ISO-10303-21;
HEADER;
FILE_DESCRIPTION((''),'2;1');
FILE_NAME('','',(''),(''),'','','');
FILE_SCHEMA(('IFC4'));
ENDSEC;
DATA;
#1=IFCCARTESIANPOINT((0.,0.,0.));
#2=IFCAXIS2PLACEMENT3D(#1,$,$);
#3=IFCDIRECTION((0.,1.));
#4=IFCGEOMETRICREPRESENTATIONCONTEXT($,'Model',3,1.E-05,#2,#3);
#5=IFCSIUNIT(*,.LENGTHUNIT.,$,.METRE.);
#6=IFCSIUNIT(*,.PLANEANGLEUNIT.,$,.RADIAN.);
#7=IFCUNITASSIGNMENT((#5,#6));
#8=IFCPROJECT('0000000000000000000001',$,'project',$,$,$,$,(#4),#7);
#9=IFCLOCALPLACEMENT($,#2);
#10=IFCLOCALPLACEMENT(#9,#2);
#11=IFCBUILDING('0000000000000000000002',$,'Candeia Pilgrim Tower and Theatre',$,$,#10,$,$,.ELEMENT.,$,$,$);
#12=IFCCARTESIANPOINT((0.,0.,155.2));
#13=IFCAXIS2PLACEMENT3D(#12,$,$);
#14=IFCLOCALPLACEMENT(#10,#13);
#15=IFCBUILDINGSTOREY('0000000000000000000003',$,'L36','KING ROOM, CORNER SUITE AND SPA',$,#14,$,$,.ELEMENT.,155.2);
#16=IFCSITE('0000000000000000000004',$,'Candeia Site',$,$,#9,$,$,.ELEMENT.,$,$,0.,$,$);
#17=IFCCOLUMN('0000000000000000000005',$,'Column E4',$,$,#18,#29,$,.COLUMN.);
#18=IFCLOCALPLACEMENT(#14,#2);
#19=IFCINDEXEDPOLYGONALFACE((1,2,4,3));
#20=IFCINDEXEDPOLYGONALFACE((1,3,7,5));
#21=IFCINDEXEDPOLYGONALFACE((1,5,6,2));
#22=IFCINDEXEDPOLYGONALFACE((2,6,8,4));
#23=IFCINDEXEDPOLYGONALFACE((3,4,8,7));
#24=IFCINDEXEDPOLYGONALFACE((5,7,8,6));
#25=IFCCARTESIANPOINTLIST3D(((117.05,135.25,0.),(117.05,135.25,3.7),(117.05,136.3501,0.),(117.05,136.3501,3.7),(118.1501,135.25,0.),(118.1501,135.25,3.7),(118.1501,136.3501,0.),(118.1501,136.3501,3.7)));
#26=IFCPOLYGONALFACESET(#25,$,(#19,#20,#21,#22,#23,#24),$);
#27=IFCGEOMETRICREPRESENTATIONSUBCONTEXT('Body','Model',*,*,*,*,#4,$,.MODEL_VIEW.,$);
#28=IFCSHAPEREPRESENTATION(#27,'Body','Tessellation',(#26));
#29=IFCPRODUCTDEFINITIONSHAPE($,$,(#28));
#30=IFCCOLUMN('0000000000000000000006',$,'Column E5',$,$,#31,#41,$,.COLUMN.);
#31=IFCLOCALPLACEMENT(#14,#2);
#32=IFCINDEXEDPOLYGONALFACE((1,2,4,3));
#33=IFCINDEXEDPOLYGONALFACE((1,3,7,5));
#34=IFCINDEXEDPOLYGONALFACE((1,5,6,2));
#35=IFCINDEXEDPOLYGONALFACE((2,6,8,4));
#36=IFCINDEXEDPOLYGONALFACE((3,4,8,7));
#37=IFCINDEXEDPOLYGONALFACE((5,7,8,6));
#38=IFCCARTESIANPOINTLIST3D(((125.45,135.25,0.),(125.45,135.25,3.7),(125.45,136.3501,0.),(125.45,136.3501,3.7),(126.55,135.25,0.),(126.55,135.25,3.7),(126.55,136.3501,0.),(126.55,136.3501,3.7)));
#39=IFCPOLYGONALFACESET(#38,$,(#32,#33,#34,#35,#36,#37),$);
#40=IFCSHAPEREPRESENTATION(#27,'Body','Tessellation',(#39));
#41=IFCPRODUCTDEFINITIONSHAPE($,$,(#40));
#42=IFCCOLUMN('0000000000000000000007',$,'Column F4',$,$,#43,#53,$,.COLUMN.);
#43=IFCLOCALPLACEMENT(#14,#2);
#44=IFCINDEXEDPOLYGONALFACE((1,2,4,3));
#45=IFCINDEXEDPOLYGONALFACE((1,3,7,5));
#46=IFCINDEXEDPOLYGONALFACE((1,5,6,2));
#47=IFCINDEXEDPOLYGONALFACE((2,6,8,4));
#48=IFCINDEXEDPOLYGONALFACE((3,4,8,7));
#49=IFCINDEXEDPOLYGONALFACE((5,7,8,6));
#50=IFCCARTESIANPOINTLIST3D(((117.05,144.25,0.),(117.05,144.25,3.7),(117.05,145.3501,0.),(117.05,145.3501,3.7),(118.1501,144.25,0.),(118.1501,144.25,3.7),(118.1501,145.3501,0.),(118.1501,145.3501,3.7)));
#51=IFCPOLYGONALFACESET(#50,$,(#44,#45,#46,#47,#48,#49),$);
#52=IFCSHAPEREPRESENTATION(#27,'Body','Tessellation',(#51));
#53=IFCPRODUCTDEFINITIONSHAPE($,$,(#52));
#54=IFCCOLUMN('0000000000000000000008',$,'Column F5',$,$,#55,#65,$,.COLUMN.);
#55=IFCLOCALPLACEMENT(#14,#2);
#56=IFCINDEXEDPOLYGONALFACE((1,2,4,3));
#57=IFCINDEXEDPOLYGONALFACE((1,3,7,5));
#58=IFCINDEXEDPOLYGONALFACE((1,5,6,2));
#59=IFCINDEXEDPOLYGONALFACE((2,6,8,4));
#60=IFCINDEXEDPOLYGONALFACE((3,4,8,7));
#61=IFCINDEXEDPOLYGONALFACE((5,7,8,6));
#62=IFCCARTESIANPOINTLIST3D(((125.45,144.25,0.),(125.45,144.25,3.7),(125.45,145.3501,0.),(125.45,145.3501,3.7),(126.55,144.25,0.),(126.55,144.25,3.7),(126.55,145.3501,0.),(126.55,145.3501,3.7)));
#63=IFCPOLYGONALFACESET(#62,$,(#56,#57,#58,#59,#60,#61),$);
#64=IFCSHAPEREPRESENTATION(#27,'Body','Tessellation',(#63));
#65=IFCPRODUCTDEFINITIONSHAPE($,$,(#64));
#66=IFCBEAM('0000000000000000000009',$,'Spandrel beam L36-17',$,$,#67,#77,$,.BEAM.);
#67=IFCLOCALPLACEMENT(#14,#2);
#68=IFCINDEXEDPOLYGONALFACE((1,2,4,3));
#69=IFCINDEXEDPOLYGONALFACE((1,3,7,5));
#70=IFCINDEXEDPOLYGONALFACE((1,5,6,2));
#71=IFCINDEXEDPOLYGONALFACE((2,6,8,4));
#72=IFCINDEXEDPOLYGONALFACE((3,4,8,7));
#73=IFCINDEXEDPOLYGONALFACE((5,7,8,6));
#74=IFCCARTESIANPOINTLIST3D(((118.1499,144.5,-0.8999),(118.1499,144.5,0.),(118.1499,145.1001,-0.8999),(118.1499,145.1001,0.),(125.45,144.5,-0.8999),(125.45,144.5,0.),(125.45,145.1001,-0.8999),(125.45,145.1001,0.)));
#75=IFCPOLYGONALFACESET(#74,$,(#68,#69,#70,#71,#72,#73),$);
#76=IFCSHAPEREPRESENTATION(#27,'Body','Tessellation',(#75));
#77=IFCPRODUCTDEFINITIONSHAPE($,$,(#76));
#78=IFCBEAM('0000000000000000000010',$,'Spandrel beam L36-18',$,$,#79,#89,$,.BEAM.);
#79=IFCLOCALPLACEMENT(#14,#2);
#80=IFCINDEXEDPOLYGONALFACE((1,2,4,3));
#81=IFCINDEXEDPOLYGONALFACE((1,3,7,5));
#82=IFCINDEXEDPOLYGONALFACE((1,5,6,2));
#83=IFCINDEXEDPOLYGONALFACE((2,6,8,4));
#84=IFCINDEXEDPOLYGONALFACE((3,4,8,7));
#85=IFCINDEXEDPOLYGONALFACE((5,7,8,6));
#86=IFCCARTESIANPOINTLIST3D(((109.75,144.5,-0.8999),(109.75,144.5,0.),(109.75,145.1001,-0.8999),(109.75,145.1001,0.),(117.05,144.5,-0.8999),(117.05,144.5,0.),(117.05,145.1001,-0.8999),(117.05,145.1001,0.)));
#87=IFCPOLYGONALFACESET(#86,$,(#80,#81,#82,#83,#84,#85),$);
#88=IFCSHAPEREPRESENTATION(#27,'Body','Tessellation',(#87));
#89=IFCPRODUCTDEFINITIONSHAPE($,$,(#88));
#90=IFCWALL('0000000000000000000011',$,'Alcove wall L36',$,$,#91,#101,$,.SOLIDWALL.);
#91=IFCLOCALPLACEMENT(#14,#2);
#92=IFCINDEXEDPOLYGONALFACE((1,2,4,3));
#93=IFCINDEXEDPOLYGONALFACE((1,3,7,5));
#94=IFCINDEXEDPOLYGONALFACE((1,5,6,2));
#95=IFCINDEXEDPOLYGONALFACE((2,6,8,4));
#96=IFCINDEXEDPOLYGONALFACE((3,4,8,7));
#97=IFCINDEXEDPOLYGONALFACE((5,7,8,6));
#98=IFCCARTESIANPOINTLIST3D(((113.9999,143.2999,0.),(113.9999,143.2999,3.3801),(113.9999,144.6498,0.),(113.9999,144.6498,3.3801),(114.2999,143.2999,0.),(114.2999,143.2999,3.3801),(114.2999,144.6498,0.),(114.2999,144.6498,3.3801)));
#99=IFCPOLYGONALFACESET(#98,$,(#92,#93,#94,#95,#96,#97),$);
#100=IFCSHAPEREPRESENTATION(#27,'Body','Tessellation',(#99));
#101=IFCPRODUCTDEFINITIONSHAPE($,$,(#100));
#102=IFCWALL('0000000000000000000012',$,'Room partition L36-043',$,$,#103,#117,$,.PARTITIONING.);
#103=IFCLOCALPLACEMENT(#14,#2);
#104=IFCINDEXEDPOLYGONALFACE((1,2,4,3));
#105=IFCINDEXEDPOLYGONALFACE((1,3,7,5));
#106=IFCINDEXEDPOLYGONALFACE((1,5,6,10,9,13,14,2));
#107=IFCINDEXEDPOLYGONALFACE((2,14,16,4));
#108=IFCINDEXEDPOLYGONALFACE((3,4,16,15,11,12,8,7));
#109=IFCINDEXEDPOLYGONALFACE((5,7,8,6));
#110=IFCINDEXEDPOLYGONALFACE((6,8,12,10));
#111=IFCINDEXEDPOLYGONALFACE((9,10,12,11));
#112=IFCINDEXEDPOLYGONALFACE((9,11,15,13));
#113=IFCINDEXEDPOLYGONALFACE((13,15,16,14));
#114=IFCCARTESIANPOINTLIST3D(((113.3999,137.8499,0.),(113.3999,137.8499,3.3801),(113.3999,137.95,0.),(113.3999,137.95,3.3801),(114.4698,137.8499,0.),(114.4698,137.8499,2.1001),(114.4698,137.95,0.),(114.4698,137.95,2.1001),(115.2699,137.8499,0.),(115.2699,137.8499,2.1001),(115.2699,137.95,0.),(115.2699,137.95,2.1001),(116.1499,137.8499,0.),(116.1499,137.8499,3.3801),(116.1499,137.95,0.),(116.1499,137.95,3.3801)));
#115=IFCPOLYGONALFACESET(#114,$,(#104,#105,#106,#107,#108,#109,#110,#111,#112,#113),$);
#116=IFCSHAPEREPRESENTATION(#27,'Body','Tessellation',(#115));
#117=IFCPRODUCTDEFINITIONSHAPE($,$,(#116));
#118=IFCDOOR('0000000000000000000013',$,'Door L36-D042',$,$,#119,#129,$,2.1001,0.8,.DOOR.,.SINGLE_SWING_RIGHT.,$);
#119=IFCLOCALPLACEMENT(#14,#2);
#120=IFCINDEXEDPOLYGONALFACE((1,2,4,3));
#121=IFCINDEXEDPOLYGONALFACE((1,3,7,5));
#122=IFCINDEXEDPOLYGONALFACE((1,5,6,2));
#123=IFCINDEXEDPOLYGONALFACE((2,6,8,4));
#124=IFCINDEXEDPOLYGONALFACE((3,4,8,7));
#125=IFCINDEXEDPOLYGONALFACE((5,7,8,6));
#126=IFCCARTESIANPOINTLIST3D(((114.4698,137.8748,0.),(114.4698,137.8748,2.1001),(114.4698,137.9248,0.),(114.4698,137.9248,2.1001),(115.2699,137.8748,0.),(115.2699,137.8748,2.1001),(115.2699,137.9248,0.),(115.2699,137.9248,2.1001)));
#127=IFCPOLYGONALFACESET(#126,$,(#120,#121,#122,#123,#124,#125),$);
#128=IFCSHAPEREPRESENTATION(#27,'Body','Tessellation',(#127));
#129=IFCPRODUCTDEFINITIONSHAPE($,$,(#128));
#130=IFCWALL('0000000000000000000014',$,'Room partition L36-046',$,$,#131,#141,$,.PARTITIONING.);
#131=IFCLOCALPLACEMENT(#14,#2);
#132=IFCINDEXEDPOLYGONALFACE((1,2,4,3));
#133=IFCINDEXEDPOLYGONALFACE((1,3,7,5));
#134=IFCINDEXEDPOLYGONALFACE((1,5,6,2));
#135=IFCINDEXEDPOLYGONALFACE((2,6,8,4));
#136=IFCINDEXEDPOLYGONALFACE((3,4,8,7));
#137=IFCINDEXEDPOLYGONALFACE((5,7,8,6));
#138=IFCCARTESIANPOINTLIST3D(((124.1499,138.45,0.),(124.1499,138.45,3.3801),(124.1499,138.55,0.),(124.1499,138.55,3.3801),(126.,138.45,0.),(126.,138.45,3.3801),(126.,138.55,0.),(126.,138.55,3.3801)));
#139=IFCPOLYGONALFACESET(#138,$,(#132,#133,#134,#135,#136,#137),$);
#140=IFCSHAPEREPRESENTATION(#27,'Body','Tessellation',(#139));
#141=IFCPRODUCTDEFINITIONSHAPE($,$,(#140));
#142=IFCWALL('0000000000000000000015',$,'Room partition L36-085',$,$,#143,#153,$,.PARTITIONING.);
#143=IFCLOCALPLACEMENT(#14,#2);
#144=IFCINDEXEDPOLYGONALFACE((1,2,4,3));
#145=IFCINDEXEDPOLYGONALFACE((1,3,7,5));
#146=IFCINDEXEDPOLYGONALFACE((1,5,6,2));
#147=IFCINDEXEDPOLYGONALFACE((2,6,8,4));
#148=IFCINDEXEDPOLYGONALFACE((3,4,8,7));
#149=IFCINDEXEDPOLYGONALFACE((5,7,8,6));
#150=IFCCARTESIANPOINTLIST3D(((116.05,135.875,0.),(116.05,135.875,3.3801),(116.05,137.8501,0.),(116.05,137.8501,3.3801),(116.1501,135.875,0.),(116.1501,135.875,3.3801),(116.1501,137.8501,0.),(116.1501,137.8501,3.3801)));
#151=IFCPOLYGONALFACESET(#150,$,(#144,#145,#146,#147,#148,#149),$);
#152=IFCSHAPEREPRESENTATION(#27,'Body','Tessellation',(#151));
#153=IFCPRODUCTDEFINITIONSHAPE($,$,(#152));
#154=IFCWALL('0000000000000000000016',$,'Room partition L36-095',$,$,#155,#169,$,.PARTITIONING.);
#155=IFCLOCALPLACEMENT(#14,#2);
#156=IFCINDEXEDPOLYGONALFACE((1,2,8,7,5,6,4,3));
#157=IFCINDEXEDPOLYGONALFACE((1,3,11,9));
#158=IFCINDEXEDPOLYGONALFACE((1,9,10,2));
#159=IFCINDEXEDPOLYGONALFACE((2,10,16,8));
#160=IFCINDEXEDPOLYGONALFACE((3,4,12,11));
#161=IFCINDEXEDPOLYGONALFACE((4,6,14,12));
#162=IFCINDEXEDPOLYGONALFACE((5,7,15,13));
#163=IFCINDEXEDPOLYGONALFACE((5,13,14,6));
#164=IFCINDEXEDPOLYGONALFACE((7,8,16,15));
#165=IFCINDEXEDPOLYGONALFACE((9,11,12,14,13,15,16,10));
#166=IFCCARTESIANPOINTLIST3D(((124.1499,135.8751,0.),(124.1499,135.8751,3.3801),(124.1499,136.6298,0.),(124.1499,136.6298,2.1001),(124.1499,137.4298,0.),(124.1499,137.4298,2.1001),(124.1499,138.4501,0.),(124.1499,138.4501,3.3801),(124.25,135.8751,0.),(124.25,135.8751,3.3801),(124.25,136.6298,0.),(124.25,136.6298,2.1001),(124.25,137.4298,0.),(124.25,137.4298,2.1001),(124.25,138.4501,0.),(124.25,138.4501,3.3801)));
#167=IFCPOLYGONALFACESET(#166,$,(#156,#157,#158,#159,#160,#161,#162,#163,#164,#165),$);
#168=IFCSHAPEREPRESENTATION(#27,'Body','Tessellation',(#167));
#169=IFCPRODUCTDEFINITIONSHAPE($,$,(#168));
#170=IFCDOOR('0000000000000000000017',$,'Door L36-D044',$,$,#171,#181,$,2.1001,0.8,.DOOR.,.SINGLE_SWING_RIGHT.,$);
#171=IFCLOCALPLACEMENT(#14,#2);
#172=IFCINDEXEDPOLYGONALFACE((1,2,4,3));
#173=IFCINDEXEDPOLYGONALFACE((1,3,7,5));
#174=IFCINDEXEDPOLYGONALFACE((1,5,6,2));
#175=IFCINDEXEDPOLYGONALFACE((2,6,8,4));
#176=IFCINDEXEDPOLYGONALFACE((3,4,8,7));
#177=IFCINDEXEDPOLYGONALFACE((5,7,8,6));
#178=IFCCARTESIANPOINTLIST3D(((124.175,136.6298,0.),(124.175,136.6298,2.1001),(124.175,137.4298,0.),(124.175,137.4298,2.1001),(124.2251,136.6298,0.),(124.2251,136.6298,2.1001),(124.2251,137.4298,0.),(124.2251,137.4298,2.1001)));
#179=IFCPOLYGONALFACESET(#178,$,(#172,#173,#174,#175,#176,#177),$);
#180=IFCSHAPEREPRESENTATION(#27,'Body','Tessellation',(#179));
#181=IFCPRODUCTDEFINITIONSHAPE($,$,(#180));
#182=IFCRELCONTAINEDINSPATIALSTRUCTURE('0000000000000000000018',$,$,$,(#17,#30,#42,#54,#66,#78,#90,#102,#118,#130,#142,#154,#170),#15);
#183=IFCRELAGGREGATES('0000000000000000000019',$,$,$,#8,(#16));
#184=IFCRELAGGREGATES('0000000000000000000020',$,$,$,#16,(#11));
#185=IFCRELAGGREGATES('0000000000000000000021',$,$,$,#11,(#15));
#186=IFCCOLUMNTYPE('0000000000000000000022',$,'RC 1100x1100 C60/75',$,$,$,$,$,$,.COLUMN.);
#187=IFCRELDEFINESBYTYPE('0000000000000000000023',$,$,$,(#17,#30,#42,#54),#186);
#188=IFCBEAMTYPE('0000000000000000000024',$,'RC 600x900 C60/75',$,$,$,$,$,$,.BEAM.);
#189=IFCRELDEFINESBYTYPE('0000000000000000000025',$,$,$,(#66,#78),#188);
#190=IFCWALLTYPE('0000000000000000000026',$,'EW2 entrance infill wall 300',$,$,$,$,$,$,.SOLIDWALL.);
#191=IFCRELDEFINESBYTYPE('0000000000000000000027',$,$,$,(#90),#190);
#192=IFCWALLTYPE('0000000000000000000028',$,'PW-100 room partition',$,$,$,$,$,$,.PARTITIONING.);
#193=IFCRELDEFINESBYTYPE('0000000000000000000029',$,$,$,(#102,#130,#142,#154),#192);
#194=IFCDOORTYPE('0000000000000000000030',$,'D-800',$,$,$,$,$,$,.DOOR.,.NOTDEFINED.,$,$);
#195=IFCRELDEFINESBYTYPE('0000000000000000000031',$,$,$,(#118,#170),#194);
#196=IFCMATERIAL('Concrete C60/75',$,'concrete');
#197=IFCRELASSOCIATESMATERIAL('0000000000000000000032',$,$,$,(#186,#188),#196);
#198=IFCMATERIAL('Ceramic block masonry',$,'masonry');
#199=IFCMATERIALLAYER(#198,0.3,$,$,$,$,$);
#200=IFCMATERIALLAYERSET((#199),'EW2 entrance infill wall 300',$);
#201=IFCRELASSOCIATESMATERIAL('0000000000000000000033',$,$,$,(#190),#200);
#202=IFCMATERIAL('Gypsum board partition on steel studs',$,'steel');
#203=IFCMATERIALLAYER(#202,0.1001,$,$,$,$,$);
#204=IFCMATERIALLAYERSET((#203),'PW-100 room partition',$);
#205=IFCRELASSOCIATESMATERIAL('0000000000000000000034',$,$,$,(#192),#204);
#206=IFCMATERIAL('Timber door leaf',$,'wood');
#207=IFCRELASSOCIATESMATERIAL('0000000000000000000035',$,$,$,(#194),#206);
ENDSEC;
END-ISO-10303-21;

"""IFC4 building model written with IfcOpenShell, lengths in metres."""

from ifc_helpers import new_model, si_unit, direction, frame, frame_2d, origin, origin_2d, place, context, subcontext, project, spatial, rectangle, extrude, material, layer, layer_set, material_profile, profile_set, type_object, element, fill, save


model = new_model("IFC4")

# Units and contexts
model_context = context("Model", 3, precision=1e-05, world=origin(), true_north=direction((0.0, 1.0)))
body_context = subcontext(model_context, "Body", "Model", "MODEL_VIEW")
ifc_project = project(units=[si_unit("LENGTHUNIT", "METRE"), si_unit("PLANEANGLEUNIT", "RADIAN")], contexts=[model_context])

# Site, building, storey
site_placement = place(None, origin())
site = spatial("IfcSite", under=ifc_project, at=site_placement, Name="Candeia Site", CompositionType="ELEMENT", RefElevation=0.0)
building_placement = place(site_placement, origin())
building = spatial("IfcBuilding", under=site, at=building_placement, Name="Candeia Pilgrim Tower and Theatre", CompositionType="ELEMENT")
storey_placement = place(building_placement, frame((0.0, 0.0, 155.2)))
storey = spatial("IfcBuildingStorey", under=building, at=storey_placement, Name="L36", Description="KING ROOM, CORNER SUITE AND SPA", CompositionType="ELEMENT", Elevation=155.2)

# Columns
ifc_material_1 = material(Name="Concrete C60/75", Category="concrete")
ifc_material_profile_1 = material_profile(ifc_material_1, rectangle(XDim=1.1001, YDim=1.1001, at=origin_2d()))
ifc_profile_set_1 = profile_set([ifc_material_profile_1], Name="Concrete C60/75")
column_type = type_object("IfcColumnType", Name="RC 1100x1100 C60/75", PredefinedType="COLUMN", material=ifc_profile_set_1)
for number, where, z_axis, x_axis, name in (
    (1, (117.6001, 135.8, 0.0), (0.0, 0.0, 1.0), (1.0, 0.0, 0.0), "Column E4"),
    (2, (126.0, 135.8, 0.0), (0.0, 0.0, 1.0), (1.0, 0.0, 0.0), "Column E5"),
    (3, (117.6001, 144.8, 0.0), (0.0, 0.0, 1.0), (1.0, 0.0, 0.0), "Column F4"),
    (4, (126.0, 144.8, 0.0), (0.0, 0.0, 1.0), (1.0, 0.0, 0.0), "Column F5"),
):
    element("IfcColumn", number, at=place(storey_placement, frame(where, z_axis=z_axis, x_axis=x_axis)), inside=storey, type_object=column_type, Name=name, PredefinedType="COLUMN", context=body_context, shape_type="SweptSolid", body=[
        extrude(rectangle(XDim=1.1001, YDim=1.1001, at=origin_2d()), origin(), (0.0, 0.0, 1.0), 3.7),
    ])

# Beams
ifc_material_profile_2 = material_profile(ifc_material_1, rectangle(XDim=0.6001, YDim=0.8999, at=origin_2d()))
ifc_profile_set_2 = profile_set([ifc_material_profile_2], Name="Concrete C60/75")
beam_type = type_object("IfcBeamType", Name="RC 600x900 C60/75", PredefinedType="BEAM", material=ifc_profile_set_2)
for number, where, z_axis, x_axis, name in (
    (5, (125.45, 144.8, -0.45), (-1.0, 0.0, 0.0), (0.0, -1.0, 0.0), "Spandrel beam L36-17"),
    (6, (117.05, 144.8, -0.45), (-1.0, 0.0, 0.0), (0.0, -1.0, 0.0), "Spandrel beam L36-18"),
):
    element("IfcBeam", number, at=place(storey_placement, frame(where, z_axis=z_axis, x_axis=x_axis)), inside=storey, type_object=beam_type, Name=name, PredefinedType="BEAM", context=body_context, shape_type="SweptSolid", body=[
        extrude(rectangle(XDim=0.6001, YDim=0.8999, at=origin_2d()), origin(), (0.0, 0.0, 1.0), 7.3),
    ])

# Wall
ifc_material_2 = material(Name="Ceramic block masonry", Category="masonry")
ifc_layer_1 = layer(ifc_material_2, 0.3)
ifc_layer_set_1 = layer_set([ifc_layer_1], Name="EW2 entrance infill wall 300")
wall_type_1 = type_object("IfcWallType", Name="EW2 entrance infill wall 300", PredefinedType="SOLIDWALL", material=ifc_layer_set_1)
wall_1_placement = place(storey_placement, frame((114.1499, 143.3, 0.0), z_axis=(0.0, 0.0, 1.0), x_axis=(0.0, 1.0, 0.0)))
element("IfcWall", 7, at=wall_1_placement, inside=storey, type_object=wall_type_1, Name="Alcove wall L36", PredefinedType="SOLIDWALL", context=body_context, shape_type="SweptSolid", body=[
    extrude(rectangle(XDim=1.3499, YDim=0.3, at=frame_2d((0.6748, 0.0))), origin(), (0.0, 0.0, 1.0), 3.3801),
])

# Wall, opening, door
ifc_material_3 = material(Name="Gypsum board partition on steel studs", Category="steel")
ifc_layer_2 = layer(ifc_material_3, 0.1001)
ifc_layer_set_2 = layer_set([ifc_layer_2], Name="PW-100 room partition")
wall_type_2 = type_object("IfcWallType", Name="PW-100 room partition", PredefinedType="PARTITIONING", material=ifc_layer_set_2)
wall_2_placement = place(storey_placement, frame((113.3999, 137.8999, 0.0), z_axis=(0.0, 0.0, 1.0), x_axis=(1.0, 0.0, 0.0)))
wall_2 = element("IfcWall", 8, at=wall_2_placement, inside=storey, type_object=wall_type_2, Name="Room partition L36-043", PredefinedType="PARTITIONING", context=body_context, shape_type="SweptSolid", body=[
    extrude(rectangle(XDim=2.75, YDim=0.1001, at=frame_2d((1.375, 0.0))), origin(), (0.0, 0.0, 1.0), 3.3801),
])
opening_1_placement = place(wall_2_placement, frame((1.0701, 0.0, 0.0)))
opening_1 = element("IfcOpeningElement", 9, at=opening_1_placement, cuts=wall_2, PredefinedType="OPENING", context=body_context, shape_type="SweptSolid", body=[
    extrude(rectangle(XDim=0.8, YDim=2.1001, at=frame_2d((0.3999, 1.05))), frame((0.0, 0.0601, 0.0), z_axis=(0.0, -1.0, 0.0), x_axis=(1.0, 0.0, 0.0)), (0.0, 0.0, 1.0), 0.1201),
])
ifc_material_4 = material(Name="Timber door leaf", Category="wood")
door_type_1 = type_object("IfcDoorType", Name="D-800", OperationType="NOTDEFINED", PredefinedType="DOOR", material=ifc_material_4)
door_1_placement = place(opening_1_placement, origin())
door_1 = element("IfcDoor", 10, at=door_1_placement, inside=storey, type_object=door_type_1, Name="Door L36-D042", OperationType="SINGLE_SWING_RIGHT", OverallHeight=2.1001, OverallWidth=0.8, PredefinedType="DOOR", context=body_context, shape_type="SweptSolid", body=[
    extrude(rectangle(XDim=0.8, YDim=2.1001, at=frame_2d((0.3999, 1.05))), frame((0.0, 0.0249, 0.0), z_axis=(0.0, -1.0, 0.0), x_axis=(1.0, 0.0, 0.0)), (0.0, 0.0, 1.0), 0.05),
])
fill(opening_1, door_1)

# Walls
wall_3_placement = place(storey_placement, frame((124.1499, 138.5, 0.0), z_axis=(0.0, 0.0, 1.0), x_axis=(1.0, 0.0, 0.0)))
element("IfcWall", 11, at=wall_3_placement, inside=storey, type_object=wall_type_2, Name="Room partition L36-046", PredefinedType="PARTITIONING", context=body_context, shape_type="SweptSolid", body=[
    extrude(rectangle(XDim=1.8501, YDim=0.1001, at=frame_2d((0.925, 0.0))), origin(), (0.0, 0.0, 1.0), 3.3801),
])
wall_4_placement = place(storey_placement, frame((116.1001, 135.875, 0.0), z_axis=(0.0, 0.0, 1.0), x_axis=(0.0, 1.0, 0.0)))
element("IfcWall", 12, at=wall_4_placement, inside=storey, type_object=wall_type_2, Name="Room partition L36-085", PredefinedType="PARTITIONING", context=body_context, shape_type="SweptSolid", body=[
    extrude(rectangle(XDim=1.9751, YDim=0.1001, at=frame_2d((0.9875, 0.0))), origin(), (0.0, 0.0, 1.0), 3.3801),
])

# Wall, opening, door
wall_5_placement = place(storey_placement, frame((124.2, 135.875, 0.0), z_axis=(0.0, 0.0, 1.0), x_axis=(0.0, 1.0, 0.0)))
wall_5 = element("IfcWall", 13, at=wall_5_placement, inside=storey, type_object=wall_type_2, Name="Room partition L36-095", PredefinedType="PARTITIONING", context=body_context, shape_type="SweptSolid", body=[
    extrude(rectangle(XDim=2.575, YDim=0.1001, at=frame_2d((1.2876, 0.0))), origin(), (0.0, 0.0, 1.0), 3.3801),
])
opening_2_placement = place(wall_5_placement, frame((0.7549, 0.0, 0.0)))
opening_2 = element("IfcOpeningElement", 14, at=opening_2_placement, cuts=wall_5, PredefinedType="OPENING", context=body_context, shape_type="SweptSolid", body=[
    extrude(rectangle(XDim=0.8, YDim=2.1001, at=frame_2d((0.3999, 1.05))), frame((0.0, 0.0601, 0.0), z_axis=(0.0, -1.0, 0.0), x_axis=(1.0, 0.0, 0.0)), (0.0, 0.0, 1.0), 0.1201),
])
door_2_placement = place(opening_2_placement, origin())
door_2 = element("IfcDoor", 15, at=door_2_placement, inside=storey, type_object=door_type_1, Name="Door L36-D044", OperationType="SINGLE_SWING_RIGHT", OverallHeight=2.1001, OverallWidth=0.8, PredefinedType="DOOR", context=body_context, shape_type="SweptSolid", body=[
    extrude(rectangle(XDim=0.8, YDim=2.1001, at=frame_2d((0.3999, 1.05))), frame((0.0, 0.0249, 0.0), z_axis=(0.0, -1.0, 0.0), x_axis=(1.0, 0.0, 0.0)), (0.0, 0.0, 1.0), 0.05),
])
fill(opening_2, door_2)

save(model, "model.ifc")
